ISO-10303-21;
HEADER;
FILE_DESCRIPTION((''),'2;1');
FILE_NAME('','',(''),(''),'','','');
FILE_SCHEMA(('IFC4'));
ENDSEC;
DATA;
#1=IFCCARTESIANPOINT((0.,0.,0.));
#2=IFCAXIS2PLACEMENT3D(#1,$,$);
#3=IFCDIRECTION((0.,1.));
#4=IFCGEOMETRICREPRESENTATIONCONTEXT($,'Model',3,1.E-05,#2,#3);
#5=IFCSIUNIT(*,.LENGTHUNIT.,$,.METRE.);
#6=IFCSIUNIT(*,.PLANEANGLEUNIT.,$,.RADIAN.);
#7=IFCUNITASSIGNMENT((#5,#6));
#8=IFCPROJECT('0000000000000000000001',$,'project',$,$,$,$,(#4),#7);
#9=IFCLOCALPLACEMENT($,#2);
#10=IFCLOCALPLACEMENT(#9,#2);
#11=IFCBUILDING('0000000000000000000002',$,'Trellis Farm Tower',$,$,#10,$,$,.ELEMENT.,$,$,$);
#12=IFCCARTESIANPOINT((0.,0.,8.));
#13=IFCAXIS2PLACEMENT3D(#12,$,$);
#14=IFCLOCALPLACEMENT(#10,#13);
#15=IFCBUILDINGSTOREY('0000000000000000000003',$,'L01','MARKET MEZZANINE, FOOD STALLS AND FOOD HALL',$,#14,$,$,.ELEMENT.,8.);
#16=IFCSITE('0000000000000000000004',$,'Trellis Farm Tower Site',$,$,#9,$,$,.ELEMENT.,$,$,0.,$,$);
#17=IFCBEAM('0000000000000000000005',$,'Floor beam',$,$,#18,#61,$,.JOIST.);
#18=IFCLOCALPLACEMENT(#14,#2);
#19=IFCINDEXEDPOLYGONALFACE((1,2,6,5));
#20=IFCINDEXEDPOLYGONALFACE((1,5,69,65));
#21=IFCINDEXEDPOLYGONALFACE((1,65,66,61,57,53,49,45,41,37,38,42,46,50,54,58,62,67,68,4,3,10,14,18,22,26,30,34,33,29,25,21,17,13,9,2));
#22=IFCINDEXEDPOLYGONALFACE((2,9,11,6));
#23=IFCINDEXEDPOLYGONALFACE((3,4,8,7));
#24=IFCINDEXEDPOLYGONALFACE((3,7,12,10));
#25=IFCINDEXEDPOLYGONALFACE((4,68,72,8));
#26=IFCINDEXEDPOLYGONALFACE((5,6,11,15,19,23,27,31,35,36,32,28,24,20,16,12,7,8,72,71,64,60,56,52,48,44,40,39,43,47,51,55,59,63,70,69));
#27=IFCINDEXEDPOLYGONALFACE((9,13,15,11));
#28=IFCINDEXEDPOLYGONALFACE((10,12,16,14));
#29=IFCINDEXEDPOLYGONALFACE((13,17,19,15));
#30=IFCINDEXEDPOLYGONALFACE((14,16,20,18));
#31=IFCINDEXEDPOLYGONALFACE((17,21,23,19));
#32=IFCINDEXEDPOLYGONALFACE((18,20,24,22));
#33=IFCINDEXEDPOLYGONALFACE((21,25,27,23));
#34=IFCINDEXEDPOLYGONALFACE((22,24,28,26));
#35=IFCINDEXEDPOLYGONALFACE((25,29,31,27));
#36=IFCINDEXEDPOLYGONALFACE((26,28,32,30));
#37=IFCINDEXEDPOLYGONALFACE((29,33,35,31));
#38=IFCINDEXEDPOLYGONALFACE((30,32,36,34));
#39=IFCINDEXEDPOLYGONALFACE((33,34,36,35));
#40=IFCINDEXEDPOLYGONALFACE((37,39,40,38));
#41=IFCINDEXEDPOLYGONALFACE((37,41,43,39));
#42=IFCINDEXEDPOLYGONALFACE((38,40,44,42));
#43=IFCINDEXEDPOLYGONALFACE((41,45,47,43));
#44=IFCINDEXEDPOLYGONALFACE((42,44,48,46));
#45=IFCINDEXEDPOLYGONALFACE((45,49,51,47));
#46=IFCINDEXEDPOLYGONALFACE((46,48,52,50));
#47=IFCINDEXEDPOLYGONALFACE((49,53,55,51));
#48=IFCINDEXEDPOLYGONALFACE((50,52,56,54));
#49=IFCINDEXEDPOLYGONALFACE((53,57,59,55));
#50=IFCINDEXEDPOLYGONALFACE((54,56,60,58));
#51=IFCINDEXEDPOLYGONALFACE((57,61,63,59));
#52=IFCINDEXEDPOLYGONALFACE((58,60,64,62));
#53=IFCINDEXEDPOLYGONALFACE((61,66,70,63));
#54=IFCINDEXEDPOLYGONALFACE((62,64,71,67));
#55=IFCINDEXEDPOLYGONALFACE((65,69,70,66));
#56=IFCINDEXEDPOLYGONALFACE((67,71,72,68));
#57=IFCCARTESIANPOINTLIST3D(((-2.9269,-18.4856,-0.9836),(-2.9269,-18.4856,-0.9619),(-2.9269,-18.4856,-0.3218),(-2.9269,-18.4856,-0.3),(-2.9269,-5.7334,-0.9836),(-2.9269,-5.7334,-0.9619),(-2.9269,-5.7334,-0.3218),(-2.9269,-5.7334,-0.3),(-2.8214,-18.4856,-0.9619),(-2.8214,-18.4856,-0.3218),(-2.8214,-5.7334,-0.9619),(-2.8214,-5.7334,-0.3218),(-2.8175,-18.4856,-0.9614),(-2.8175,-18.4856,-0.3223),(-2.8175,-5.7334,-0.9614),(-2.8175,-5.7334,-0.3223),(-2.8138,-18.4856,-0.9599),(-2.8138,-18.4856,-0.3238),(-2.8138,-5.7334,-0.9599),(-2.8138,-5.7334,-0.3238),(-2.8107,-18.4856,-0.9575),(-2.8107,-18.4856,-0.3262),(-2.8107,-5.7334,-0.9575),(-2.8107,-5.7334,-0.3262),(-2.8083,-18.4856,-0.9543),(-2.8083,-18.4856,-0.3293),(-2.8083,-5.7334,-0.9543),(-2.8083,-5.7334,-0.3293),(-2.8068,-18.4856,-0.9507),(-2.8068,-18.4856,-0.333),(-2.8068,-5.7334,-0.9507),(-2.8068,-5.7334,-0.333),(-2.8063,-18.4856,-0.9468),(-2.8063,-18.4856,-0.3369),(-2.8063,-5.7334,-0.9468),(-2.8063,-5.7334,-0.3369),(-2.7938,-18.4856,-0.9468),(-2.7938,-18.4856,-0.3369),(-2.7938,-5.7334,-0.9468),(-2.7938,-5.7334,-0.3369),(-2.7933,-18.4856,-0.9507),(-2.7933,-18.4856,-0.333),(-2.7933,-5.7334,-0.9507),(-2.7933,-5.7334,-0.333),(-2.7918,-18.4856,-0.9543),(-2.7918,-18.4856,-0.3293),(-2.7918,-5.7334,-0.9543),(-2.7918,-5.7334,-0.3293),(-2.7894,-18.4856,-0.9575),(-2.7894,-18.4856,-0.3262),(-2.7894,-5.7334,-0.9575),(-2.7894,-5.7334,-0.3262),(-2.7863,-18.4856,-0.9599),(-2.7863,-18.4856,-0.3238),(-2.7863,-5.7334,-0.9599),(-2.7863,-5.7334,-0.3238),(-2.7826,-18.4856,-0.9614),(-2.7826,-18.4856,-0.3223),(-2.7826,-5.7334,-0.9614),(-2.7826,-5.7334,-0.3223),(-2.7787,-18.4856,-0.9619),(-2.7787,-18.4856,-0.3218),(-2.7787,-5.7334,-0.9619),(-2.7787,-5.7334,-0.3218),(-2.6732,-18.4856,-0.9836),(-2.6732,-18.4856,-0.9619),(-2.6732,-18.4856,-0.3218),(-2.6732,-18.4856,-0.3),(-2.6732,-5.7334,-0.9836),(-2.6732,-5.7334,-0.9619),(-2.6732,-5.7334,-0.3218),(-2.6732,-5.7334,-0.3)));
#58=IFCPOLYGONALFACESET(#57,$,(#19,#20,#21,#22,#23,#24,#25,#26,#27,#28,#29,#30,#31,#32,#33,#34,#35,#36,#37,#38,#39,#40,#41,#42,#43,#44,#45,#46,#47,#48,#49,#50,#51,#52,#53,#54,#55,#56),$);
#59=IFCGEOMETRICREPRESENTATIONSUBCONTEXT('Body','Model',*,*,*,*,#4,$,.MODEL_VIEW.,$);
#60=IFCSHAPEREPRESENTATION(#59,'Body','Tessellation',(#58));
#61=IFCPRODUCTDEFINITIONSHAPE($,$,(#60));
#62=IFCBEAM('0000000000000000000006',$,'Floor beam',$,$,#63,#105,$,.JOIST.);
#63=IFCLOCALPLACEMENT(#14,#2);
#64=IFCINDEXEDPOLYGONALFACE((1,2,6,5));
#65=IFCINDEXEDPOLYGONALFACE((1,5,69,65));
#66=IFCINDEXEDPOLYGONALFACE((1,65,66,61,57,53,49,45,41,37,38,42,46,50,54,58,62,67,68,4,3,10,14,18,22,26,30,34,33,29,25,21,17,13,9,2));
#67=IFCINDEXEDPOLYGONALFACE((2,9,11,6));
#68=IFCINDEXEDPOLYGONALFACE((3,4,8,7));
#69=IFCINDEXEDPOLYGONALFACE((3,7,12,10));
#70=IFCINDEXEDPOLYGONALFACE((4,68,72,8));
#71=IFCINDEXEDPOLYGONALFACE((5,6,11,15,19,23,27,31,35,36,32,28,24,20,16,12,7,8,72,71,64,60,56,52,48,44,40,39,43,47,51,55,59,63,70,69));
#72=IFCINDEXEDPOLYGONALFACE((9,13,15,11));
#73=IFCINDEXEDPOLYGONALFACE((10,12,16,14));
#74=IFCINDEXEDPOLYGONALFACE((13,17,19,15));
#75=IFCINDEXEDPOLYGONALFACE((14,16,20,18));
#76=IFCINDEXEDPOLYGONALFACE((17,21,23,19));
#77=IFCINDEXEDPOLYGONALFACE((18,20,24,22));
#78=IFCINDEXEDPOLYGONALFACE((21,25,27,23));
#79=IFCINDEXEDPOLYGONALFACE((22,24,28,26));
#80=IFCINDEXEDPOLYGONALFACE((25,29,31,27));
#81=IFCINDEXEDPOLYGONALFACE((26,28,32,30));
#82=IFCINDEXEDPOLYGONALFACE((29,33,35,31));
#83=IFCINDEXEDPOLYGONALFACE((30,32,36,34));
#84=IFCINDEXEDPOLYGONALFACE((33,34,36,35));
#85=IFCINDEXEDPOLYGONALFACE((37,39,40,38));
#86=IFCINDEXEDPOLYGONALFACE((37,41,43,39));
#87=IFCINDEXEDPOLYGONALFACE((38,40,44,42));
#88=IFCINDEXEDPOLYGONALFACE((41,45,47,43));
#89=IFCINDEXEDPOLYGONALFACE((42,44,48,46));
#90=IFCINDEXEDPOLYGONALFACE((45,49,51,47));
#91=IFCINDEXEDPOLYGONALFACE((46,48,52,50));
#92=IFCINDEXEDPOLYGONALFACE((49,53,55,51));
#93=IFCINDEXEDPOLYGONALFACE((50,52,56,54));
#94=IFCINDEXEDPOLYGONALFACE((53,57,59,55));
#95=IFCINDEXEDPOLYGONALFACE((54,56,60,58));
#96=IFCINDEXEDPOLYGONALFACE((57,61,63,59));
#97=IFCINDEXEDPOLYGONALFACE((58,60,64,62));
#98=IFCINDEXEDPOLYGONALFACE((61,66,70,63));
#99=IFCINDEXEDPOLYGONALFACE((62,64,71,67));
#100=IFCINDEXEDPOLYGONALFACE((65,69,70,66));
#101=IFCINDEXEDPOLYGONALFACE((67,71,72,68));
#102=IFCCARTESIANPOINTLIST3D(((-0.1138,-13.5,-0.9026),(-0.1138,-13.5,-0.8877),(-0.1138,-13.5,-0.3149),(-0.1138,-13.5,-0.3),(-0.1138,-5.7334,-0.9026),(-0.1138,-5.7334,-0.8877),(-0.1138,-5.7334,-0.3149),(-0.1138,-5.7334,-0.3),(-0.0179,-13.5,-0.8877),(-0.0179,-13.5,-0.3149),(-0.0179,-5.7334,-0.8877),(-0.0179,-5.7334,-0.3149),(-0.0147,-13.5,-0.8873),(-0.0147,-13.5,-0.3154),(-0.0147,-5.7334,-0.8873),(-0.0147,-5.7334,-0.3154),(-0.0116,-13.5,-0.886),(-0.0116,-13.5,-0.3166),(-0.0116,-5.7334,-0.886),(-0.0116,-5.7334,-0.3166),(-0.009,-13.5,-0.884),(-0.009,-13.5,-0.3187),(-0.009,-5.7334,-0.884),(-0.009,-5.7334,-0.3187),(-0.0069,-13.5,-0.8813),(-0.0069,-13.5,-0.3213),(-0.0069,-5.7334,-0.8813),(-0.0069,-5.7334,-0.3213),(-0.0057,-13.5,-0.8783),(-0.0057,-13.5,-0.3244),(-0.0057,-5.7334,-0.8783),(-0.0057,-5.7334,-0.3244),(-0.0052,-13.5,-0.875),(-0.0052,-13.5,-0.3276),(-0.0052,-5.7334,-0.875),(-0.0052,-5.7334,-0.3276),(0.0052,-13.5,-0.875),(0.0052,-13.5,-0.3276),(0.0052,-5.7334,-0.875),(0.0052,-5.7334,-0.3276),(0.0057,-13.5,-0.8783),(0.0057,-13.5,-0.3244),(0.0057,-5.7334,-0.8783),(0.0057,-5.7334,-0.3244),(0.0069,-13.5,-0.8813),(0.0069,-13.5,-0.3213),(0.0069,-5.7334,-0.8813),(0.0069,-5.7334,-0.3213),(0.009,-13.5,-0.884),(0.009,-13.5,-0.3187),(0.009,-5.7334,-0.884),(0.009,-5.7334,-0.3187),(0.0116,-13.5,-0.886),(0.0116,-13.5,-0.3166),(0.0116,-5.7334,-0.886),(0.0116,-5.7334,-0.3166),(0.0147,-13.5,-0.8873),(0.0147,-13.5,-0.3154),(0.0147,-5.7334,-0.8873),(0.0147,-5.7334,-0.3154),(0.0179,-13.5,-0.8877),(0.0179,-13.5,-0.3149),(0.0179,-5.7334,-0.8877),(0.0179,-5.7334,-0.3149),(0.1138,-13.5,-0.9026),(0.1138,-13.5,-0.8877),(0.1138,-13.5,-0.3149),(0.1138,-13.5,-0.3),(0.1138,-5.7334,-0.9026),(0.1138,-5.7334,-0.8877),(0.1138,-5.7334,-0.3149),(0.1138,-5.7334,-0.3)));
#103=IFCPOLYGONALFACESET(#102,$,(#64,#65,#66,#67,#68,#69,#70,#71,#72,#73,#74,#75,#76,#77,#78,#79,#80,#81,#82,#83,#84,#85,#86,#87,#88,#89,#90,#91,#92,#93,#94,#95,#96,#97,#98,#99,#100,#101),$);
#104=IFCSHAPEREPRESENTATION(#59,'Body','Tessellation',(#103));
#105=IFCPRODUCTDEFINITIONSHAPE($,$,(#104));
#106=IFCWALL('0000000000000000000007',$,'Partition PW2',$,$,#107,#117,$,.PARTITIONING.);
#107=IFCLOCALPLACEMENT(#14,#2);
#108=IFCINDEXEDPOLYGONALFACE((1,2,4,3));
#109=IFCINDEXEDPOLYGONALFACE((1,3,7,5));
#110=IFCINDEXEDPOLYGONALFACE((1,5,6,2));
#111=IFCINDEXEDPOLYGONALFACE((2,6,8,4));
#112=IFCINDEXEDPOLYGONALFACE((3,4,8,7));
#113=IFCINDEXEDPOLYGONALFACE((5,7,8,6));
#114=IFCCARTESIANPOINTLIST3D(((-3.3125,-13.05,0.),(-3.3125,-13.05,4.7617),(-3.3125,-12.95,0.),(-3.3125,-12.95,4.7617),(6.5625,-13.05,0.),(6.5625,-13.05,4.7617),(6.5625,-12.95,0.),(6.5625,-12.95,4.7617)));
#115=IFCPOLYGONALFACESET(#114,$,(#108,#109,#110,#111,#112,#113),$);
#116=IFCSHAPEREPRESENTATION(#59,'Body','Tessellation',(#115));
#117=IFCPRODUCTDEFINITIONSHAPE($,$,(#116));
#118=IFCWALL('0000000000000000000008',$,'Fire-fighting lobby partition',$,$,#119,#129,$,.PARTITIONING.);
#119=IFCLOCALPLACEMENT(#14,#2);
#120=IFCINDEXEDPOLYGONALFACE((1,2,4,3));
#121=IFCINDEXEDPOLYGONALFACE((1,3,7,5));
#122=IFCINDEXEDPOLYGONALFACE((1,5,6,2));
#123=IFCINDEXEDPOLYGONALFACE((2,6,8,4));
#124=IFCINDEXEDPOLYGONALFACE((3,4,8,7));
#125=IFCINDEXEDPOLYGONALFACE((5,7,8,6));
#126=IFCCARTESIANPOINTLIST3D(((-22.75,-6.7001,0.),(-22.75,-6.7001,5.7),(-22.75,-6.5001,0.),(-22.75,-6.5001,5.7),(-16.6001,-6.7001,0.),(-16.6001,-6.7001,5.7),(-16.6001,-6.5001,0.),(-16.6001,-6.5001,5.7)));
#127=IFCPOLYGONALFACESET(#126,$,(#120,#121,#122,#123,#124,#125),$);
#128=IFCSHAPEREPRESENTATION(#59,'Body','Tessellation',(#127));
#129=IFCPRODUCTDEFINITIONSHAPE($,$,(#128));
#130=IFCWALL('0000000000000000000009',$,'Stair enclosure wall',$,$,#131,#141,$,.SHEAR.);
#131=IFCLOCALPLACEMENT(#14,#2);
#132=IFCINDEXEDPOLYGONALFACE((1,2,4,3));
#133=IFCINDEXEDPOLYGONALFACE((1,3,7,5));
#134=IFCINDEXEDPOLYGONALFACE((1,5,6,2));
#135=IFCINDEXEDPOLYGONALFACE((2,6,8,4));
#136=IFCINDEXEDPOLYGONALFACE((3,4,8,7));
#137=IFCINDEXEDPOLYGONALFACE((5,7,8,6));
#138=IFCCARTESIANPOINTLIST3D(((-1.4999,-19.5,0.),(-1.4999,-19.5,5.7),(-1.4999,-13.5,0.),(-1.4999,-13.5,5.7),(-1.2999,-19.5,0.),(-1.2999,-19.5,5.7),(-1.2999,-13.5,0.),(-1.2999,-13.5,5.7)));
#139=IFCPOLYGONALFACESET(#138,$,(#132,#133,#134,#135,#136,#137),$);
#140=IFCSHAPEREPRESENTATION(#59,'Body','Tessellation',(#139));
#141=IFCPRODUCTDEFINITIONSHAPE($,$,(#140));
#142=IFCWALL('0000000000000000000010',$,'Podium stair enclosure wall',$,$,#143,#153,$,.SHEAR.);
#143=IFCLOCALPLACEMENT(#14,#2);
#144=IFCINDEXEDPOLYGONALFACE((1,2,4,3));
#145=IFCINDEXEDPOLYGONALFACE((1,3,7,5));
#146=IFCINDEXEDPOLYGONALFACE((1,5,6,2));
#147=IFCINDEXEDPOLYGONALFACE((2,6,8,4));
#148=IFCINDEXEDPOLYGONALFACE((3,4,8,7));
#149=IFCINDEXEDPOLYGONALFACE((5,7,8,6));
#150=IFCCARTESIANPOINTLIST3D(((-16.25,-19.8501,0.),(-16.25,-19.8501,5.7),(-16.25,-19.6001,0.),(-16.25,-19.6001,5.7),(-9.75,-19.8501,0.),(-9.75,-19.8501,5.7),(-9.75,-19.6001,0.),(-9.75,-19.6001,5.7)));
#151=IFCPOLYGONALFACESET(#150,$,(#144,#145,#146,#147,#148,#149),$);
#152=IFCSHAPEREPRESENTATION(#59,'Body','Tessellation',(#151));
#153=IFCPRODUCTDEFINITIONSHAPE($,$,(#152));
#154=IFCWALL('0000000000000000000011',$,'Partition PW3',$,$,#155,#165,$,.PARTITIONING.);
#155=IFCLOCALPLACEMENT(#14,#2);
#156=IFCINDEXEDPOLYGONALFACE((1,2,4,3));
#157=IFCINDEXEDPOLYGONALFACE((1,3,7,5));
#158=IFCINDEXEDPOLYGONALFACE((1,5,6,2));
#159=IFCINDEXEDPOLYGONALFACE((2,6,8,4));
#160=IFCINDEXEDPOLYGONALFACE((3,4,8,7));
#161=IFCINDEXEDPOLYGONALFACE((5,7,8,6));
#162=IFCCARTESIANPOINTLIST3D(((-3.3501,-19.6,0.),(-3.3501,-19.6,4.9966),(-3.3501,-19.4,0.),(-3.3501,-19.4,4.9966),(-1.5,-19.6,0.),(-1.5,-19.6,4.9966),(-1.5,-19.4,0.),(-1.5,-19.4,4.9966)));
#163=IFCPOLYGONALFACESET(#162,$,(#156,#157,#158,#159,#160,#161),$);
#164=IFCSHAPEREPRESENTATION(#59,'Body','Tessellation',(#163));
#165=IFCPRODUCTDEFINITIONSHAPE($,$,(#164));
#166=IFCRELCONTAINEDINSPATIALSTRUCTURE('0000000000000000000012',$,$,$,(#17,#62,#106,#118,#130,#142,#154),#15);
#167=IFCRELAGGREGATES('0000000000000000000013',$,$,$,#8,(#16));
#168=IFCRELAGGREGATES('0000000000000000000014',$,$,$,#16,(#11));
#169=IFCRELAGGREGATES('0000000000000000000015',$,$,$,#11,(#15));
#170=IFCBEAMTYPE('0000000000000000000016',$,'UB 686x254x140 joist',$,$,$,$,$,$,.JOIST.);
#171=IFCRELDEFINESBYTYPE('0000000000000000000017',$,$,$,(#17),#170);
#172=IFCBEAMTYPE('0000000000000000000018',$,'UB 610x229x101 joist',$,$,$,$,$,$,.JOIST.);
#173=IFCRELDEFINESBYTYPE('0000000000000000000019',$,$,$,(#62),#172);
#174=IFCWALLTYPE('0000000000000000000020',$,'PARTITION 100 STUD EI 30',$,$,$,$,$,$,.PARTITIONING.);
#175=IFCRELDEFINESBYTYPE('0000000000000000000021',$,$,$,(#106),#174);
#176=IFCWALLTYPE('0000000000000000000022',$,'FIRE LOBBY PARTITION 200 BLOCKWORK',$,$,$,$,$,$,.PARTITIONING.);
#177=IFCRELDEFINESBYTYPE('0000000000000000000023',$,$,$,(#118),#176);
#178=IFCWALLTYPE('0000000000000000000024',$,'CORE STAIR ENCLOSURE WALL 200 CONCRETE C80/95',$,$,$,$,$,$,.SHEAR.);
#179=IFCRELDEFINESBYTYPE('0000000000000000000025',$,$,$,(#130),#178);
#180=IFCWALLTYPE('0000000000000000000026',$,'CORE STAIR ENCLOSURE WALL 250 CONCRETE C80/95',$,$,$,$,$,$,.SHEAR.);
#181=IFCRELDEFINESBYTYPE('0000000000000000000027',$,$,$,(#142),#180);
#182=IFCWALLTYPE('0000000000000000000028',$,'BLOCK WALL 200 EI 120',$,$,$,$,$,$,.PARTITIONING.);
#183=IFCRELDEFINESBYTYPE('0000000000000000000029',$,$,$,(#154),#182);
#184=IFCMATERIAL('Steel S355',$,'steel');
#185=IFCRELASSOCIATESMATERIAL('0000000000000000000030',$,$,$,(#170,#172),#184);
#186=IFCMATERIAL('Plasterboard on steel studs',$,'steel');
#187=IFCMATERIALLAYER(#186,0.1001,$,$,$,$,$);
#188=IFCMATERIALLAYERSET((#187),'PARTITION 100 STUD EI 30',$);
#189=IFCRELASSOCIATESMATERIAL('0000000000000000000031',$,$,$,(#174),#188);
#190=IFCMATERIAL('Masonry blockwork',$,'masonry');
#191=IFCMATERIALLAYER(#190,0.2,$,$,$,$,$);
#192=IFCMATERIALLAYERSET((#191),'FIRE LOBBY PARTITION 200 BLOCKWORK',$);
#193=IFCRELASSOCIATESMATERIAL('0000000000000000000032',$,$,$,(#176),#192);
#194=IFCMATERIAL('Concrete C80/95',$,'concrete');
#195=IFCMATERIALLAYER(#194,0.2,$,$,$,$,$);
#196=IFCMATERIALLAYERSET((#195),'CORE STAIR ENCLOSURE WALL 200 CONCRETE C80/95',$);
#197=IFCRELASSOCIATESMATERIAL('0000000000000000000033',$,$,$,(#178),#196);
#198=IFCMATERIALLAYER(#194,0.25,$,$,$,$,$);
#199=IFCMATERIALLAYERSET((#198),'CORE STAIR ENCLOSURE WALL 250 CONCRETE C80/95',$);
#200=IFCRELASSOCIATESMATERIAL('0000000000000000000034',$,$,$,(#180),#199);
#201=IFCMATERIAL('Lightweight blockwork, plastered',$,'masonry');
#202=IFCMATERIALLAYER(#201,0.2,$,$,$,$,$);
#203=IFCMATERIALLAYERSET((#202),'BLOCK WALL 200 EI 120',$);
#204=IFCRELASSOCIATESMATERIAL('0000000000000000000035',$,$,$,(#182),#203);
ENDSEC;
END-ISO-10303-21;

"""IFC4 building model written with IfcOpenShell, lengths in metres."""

from ifc_helpers import new_model, si_unit, direction, frame, frame_2d, origin, origin_2d, place, context, subcontext, project, spatial, rectangle, i_section, extrude, source, transform, mapped, material, layer, layer_set, material_profile, profile_set, type_object, element, save


model = new_model("IFC4")

# Units and contexts
model_context = context("Model", 3, precision=1e-05, world=origin(), true_north=direction((0.0, 1.0)))
body_context = subcontext(model_context, "Body", "Model", "MODEL_VIEW")
ifc_project = project(units=[si_unit("LENGTHUNIT", "METRE"), si_unit("PLANEANGLEUNIT", "RADIAN")], contexts=[model_context])

# Site, building, storey
site_placement = place(None, origin())
site = spatial("IfcSite", under=ifc_project, at=site_placement, Name="Trellis Farm Tower Site", CompositionType="ELEMENT", RefElevation=0.0)
building_placement = place(site_placement, origin())
building = spatial("IfcBuilding", under=site, at=building_placement, Name="Trellis Farm Tower", CompositionType="ELEMENT")
storey_placement = place(building_placement, frame((0.0, 0.0, 8.0)))
storey = spatial("IfcBuildingStorey", under=building, at=storey_placement, Name="L01", Description="MARKET MEZZANINE, FOOD STALLS AND FOOD HALL", CompositionType="ELEMENT", Elevation=8.0)

# Shared definitions
ifc_material_1 = material(Name="Concrete C80/95", Category="concrete")

# Beams
ifc_material_2 = material(Name="Steel S355", Category="steel")
ifc_material_profile_1 = material_profile(ifc_material_2, i_section(OverallWidth=0.2537, OverallDepth=0.6836, WebThickness=0.0125, FlangeThickness=0.0217, FilletRadius=0.0151, at=origin_2d()), Name="UB 686x254x140")
ifc_profile_set_1 = profile_set([ifc_material_profile_1], Name="Steel S355")
beam_type_1 = type_object("IfcBeamType", Name="UB 686x254x140 joist", PredefinedType="JOIST", material=ifc_profile_set_1)
shared_shape_1 = source(origin(), body_context, "Body", "SweptSolid", [
    extrude(i_section(OverallWidth=0.2537, OverallDepth=0.6836, WebThickness=0.0125, FlangeThickness=0.0217, FilletRadius=0.0151, at=origin_2d()), origin(), (0.0, 0.0, 1.0), 12.7522),
])
beam_1_placement = place(storey_placement, frame((-2.8, -18.4856, -0.6418), z_axis=(0.0, 1.0, 0.0), x_axis=(-1.0, 0.0, 0.0)))
element("IfcBeam", 1, at=beam_1_placement, inside=storey, type_object=beam_type_1, Name="Floor beam", PredefinedType="JOIST", context=body_context, shape_type="MappedRepresentation", body=[
    mapped(shared_shape_1, transform((0.0, 0.0, 0.0))),
])
ifc_material_profile_2 = material_profile(ifc_material_2, i_section(OverallWidth=0.2275, OverallDepth=0.6025, WebThickness=0.0105, FlangeThickness=0.0149, FilletRadius=0.0127, at=origin_2d()), Name="UB 610x229x101")
ifc_profile_set_2 = profile_set([ifc_material_profile_2], Name="Steel S355")
beam_type_2 = type_object("IfcBeamType", Name="UB 610x229x101 joist", PredefinedType="JOIST", material=ifc_profile_set_2)
shared_shape_2 = source(origin(), body_context, "Body", "SweptSolid", [
    extrude(i_section(OverallWidth=0.2275, OverallDepth=0.6025, WebThickness=0.0105, FlangeThickness=0.0149, FilletRadius=0.0127, at=origin_2d()), origin(), (0.0, 0.0, 1.0), 7.7666),
])
beam_2_placement = place(storey_placement, frame((0.0, -13.5, -0.6013), z_axis=(0.0, 1.0, 0.0), x_axis=(-1.0, 0.0, 0.0)))
element("IfcBeam", 2, at=beam_2_placement, inside=storey, type_object=beam_type_2, Name="Floor beam", PredefinedType="JOIST", context=body_context, shape_type="MappedRepresentation", body=[
    mapped(shared_shape_2, transform((0.0, 0.0, 0.0))),
])

# Walls
ifc_material_3 = material(Name="Plasterboard on steel studs", Category="steel")
ifc_layer_1 = layer(ifc_material_3, 0.1001)
ifc_layer_set_1 = layer_set([ifc_layer_1], Name="PARTITION 100 STUD EI 30")
wall_type_1 = type_object("IfcWallType", Name="PARTITION 100 STUD EI 30", PredefinedType="PARTITIONING", material=ifc_layer_set_1)
wall_1_placement = place(storey_placement, frame((-3.3125, -13.0, 0.0), z_axis=(0.0, 0.0, 1.0), x_axis=(1.0, 0.0, 0.0)))
element("IfcWall", 3, at=wall_1_placement, inside=storey, type_object=wall_type_1, Name="Partition PW2", PredefinedType="PARTITIONING", context=body_context, shape_type="SweptSolid", body=[
    extrude(rectangle(XDim=9.875, YDim=0.1001, at=frame_2d((4.9375, 0.0))), origin(), (0.0, 0.0, 1.0), 4.7617),
])
ifc_material_4 = material(Name="Masonry blockwork", Category="masonry")
ifc_layer_2 = layer(ifc_material_4, 0.2)
ifc_layer_set_2 = layer_set([ifc_layer_2], Name="FIRE LOBBY PARTITION 200 BLOCKWORK")
wall_type_2 = type_object("IfcWallType", Name="FIRE LOBBY PARTITION 200 BLOCKWORK", PredefinedType="PARTITIONING", material=ifc_layer_set_2)
shared_shape_3 = source(origin(), body_context, "Body", "SweptSolid", [
    extrude(rectangle(XDim=6.1499, YDim=0.2, at=frame_2d((3.075, 0.0))), origin(), (0.0, 0.0, 1.0), 5.7),
])
wall_2_placement = place(storey_placement, frame((-16.6001, -6.6001, 0.0), z_axis=(0.0, 0.0, 1.0), x_axis=(-1.0, 0.0, 0.0)))
element("IfcWall", 4, at=wall_2_placement, inside=storey, type_object=wall_type_2, Name="Fire-fighting lobby partition", PredefinedType="PARTITIONING", context=body_context, shape_type="MappedRepresentation", body=[
    mapped(shared_shape_3, transform((0.0, 0.0, 0.0))),
])
ifc_layer_3 = layer(ifc_material_1, 0.2)
ifc_layer_set_3 = layer_set([ifc_layer_3], Name="CORE STAIR ENCLOSURE WALL 200 CONCRETE C80/95")
wall_type_3 = type_object("IfcWallType", Name="CORE STAIR ENCLOSURE WALL 200 CONCRETE C80/95", PredefinedType="SHEAR", material=ifc_layer_set_3)
shared_shape_4 = source(origin(), body_context, "Body", "SweptSolid", [
    extrude(rectangle(XDim=6.0, YDim=0.2, at=frame_2d((3.0, 0.0))), origin(), (0.0, 0.0, 1.0), 5.7),
])
wall_3_placement = place(storey_placement, frame((-1.3999, -13.5, 0.0), z_axis=(0.0, 0.0, 1.0), x_axis=(0.0, -1.0, 0.0)))
element("IfcWall", 5, at=wall_3_placement, inside=storey, type_object=wall_type_3, Name="Stair enclosure wall", PredefinedType="SHEAR", context=body_context, shape_type="MappedRepresentation", body=[
    mapped(shared_shape_4, transform((0.0, 0.0, 0.0))),
])
ifc_layer_4 = layer(ifc_material_1, 0.25)
ifc_layer_set_4 = layer_set([ifc_layer_4], Name="CORE STAIR ENCLOSURE WALL 250 CONCRETE C80/95")
wall_type_4 = type_object("IfcWallType", Name="CORE STAIR ENCLOSURE WALL 250 CONCRETE C80/95", PredefinedType="SHEAR", material=ifc_layer_set_4)
shared_shape_5 = source(origin(), body_context, "Body", "SweptSolid", [
    extrude(rectangle(XDim=6.5, YDim=0.25, at=frame_2d((3.25, 0.0))), origin(), (0.0, 0.0, 1.0), 5.7),
])
wall_4_placement = place(storey_placement, frame((-16.25, -19.7251, 0.0), z_axis=(0.0, 0.0, 1.0), x_axis=(1.0, 0.0, 0.0)))
element("IfcWall", 6, at=wall_4_placement, inside=storey, type_object=wall_type_4, Name="Podium stair enclosure wall", PredefinedType="SHEAR", context=body_context, shape_type="MappedRepresentation", body=[
    mapped(shared_shape_5, transform((0.0, 0.0, 0.0))),
])
ifc_material_5 = material(Name="Lightweight blockwork, plastered", Category="masonry")
ifc_layer_5 = layer(ifc_material_5, 0.2)
ifc_layer_set_5 = layer_set([ifc_layer_5], Name="BLOCK WALL 200 EI 120")
wall_type_5 = type_object("IfcWallType", Name="BLOCK WALL 200 EI 120", PredefinedType="PARTITIONING", material=ifc_layer_set_5)
shared_shape_6 = source(origin(), body_context, "Body", "SweptSolid", [
    extrude(rectangle(XDim=1.8501, YDim=0.2, at=frame_2d((0.925, 0.0))), origin(), (0.0, 0.0, 1.0), 4.9966),
])
wall_5_placement = place(storey_placement, frame((-3.3501, -19.5, 0.0), z_axis=(0.0, 0.0, 1.0), x_axis=(1.0, 0.0, 0.0)))
element("IfcWall", 7, at=wall_5_placement, inside=storey, type_object=wall_type_5, Name="Partition PW3", PredefinedType="PARTITIONING", context=body_context, shape_type="MappedRepresentation", body=[
    mapped(shared_shape_6, transform((0.0, 0.0, 0.0))),
])

save(model, "model.ifc")
